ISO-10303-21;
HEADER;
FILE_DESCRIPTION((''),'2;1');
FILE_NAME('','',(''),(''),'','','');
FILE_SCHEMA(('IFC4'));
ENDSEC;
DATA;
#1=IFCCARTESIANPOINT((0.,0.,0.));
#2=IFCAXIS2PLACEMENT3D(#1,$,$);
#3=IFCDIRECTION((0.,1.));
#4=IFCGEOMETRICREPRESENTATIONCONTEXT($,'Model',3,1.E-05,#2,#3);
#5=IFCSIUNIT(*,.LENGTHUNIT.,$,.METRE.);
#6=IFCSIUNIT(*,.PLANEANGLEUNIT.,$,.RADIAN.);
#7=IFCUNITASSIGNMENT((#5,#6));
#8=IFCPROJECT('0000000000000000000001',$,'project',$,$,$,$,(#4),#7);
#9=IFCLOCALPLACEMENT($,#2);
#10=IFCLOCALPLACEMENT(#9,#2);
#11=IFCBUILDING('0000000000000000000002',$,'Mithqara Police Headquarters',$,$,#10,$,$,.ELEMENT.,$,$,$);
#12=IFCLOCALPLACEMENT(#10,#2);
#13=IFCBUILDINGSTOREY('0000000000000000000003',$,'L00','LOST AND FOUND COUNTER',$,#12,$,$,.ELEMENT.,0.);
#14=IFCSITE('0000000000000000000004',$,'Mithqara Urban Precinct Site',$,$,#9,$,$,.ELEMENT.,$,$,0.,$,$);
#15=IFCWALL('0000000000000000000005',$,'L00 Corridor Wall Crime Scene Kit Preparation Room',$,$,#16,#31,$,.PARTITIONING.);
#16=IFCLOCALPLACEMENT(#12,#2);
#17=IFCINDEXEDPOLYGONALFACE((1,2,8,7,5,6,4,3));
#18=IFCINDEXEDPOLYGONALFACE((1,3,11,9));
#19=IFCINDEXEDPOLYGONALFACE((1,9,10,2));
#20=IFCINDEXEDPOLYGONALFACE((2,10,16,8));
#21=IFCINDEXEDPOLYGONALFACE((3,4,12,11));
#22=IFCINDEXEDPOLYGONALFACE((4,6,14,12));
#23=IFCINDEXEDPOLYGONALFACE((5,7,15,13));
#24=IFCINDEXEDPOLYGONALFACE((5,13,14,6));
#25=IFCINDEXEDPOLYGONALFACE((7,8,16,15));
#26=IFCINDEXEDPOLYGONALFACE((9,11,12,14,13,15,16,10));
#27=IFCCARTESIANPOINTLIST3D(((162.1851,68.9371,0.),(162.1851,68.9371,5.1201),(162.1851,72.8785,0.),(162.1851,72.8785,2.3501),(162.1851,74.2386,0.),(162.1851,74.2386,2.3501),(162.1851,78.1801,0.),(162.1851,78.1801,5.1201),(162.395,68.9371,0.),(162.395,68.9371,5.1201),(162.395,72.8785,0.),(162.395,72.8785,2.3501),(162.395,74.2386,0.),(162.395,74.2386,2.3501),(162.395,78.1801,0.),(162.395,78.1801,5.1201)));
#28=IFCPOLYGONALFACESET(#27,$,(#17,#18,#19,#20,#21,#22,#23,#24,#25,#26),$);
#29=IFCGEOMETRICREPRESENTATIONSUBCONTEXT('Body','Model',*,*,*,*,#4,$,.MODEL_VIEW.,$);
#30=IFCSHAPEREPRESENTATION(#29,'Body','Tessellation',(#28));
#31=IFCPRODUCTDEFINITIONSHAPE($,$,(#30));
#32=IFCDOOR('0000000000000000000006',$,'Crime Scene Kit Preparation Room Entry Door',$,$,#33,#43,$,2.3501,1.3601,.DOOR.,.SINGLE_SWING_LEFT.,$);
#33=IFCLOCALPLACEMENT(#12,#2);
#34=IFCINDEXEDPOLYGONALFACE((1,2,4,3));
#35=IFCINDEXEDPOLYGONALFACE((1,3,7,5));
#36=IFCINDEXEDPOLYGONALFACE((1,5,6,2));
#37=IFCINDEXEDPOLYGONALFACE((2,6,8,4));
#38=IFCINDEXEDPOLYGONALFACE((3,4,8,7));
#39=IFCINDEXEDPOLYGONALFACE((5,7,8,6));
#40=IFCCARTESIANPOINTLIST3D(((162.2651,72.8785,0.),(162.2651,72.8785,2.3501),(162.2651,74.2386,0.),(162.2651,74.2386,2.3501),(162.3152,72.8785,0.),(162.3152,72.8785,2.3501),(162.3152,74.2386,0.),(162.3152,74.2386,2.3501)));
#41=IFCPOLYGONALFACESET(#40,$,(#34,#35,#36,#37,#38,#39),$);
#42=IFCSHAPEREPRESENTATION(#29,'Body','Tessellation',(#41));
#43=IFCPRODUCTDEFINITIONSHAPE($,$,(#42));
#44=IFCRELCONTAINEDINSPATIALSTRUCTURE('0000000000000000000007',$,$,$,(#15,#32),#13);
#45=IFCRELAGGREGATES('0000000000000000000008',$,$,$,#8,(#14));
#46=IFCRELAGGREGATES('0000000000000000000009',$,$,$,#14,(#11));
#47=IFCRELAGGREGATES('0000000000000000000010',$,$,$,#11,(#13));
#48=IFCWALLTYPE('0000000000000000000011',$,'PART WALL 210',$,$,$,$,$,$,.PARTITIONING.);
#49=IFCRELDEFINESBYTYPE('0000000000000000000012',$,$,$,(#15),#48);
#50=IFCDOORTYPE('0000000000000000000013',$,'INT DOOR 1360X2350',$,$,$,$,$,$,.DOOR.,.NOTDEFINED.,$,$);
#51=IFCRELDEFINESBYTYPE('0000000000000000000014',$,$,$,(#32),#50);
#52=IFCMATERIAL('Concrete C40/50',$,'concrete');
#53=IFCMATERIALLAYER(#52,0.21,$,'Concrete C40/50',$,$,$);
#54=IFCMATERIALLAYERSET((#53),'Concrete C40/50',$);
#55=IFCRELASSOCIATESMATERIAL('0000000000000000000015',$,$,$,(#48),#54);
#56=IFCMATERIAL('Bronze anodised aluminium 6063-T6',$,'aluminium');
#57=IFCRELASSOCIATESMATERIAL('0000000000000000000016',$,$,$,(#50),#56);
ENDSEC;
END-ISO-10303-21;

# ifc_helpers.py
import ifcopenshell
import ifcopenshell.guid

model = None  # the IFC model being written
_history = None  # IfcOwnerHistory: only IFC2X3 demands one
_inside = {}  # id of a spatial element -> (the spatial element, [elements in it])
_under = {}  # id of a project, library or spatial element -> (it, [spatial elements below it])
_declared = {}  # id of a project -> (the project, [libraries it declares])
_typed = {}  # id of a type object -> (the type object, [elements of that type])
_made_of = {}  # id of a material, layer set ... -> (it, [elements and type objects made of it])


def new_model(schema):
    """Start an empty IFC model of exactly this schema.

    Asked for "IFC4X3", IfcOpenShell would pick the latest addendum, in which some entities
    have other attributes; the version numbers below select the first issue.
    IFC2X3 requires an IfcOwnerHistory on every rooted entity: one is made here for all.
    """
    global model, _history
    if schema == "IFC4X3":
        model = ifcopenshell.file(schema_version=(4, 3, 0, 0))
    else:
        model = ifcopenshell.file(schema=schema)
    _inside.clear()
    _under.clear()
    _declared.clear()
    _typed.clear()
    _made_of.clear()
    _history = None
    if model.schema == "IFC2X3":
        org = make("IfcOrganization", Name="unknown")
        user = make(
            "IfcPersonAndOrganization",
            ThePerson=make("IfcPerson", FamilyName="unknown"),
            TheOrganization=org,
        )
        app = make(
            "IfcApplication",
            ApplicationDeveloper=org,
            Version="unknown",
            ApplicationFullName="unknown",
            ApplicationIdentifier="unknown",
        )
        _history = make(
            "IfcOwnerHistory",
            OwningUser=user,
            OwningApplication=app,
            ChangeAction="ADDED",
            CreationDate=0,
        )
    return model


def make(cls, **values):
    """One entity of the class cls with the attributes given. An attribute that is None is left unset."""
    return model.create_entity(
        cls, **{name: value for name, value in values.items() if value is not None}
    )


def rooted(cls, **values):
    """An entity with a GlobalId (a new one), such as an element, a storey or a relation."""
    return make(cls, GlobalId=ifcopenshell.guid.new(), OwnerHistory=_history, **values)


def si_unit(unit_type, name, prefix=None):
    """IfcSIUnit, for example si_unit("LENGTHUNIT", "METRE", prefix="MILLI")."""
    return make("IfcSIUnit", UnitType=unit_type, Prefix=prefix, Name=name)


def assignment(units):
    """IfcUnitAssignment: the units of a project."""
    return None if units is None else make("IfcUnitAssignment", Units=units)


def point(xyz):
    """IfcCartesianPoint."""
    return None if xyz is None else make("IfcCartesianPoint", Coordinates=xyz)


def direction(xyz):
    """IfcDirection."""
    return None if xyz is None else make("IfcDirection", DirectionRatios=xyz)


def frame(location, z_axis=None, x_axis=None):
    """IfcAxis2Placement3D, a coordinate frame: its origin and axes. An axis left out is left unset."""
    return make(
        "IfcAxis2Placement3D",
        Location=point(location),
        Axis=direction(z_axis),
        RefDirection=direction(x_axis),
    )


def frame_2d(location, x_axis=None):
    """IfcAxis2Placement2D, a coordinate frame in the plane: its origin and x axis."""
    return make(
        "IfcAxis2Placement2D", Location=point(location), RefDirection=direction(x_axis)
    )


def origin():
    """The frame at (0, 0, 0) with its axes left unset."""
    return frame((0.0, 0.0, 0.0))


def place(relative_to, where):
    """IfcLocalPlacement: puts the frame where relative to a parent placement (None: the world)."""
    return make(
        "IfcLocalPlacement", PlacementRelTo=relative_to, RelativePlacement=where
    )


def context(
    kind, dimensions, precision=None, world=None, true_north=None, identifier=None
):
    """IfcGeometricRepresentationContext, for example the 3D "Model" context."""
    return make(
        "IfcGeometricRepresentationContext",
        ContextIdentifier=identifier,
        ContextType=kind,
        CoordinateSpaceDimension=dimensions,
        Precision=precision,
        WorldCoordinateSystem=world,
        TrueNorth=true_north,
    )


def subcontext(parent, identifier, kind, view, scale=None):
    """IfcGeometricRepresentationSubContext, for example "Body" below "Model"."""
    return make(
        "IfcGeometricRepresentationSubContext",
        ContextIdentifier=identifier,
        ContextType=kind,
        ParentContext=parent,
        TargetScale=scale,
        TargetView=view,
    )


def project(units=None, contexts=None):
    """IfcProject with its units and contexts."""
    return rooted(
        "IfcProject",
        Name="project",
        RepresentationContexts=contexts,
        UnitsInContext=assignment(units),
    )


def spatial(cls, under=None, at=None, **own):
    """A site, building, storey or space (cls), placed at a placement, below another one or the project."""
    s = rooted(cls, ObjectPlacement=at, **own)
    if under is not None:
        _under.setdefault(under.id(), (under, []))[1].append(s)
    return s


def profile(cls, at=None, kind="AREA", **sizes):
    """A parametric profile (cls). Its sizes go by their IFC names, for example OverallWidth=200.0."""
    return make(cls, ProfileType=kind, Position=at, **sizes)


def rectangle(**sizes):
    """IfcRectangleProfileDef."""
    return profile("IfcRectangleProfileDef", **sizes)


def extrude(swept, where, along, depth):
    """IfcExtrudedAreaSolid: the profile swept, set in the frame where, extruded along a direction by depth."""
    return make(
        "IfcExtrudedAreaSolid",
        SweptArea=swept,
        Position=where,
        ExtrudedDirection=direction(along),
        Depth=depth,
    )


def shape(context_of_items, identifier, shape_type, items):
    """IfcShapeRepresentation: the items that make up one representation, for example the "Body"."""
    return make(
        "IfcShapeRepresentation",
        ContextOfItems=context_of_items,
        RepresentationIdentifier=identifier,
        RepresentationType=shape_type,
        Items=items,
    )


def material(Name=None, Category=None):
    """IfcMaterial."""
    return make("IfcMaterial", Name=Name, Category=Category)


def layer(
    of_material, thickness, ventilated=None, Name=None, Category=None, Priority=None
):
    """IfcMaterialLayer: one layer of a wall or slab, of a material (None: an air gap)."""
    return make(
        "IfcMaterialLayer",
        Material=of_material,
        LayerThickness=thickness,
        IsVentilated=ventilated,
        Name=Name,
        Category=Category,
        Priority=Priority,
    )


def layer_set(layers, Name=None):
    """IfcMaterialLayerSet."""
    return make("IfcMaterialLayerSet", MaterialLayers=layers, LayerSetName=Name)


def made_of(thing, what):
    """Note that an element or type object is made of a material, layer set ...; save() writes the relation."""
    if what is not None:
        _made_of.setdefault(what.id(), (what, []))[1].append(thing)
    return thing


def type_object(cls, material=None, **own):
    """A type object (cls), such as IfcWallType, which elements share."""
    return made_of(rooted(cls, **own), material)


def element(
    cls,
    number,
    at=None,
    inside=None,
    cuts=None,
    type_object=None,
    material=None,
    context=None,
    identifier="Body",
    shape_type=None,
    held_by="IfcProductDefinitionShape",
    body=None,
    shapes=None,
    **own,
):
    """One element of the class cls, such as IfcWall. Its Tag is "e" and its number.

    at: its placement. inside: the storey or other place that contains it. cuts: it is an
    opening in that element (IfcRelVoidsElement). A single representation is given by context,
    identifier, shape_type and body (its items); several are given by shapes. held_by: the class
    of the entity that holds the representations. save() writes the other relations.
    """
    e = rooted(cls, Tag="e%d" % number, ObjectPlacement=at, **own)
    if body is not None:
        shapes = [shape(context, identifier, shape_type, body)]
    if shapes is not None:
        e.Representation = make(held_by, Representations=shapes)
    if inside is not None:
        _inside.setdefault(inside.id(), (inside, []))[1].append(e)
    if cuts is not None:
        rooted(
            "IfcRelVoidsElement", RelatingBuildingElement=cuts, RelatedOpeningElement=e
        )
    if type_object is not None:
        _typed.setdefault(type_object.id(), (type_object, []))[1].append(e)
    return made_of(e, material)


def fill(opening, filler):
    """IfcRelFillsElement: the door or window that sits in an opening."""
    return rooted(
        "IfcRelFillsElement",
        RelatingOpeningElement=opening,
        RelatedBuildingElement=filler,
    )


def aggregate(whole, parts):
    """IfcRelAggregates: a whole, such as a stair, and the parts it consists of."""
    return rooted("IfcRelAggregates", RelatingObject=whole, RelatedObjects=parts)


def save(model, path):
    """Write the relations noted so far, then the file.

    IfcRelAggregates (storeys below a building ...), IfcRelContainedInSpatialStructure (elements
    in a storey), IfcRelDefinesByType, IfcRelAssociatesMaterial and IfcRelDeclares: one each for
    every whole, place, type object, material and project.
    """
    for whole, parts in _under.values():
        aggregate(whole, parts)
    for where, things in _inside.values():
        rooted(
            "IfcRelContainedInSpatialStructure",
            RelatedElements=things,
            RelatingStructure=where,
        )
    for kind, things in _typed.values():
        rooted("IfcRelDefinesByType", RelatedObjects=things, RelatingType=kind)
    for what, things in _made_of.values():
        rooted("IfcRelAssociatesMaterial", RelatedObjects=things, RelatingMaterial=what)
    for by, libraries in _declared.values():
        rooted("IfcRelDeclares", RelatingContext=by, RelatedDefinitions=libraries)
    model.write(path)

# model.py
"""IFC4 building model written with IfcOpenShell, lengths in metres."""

from ifc_helpers import new_model, si_unit, direction, frame, frame_2d, origin, place, context, subcontext, project, spatial, rectangle, extrude, material, layer, layer_set, type_object, element, fill, save


model = new_model("IFC4")

# Units and contexts
model_context = context("Model", 3, precision=1e-05, world=origin(), true_north=direction((0.0, 1.0)))
body_context = subcontext(model_context, "Body", "Model", "MODEL_VIEW")
ifc_project = project(units=[si_unit("LENGTHUNIT", "METRE"), si_unit("PLANEANGLEUNIT", "RADIAN")], contexts=[model_context])

# Site, building, storey
site_placement = place(None, origin())
site = spatial("IfcSite", under=ifc_project, at=site_placement, Name="Mithqara Urban Precinct Site", CompositionType="ELEMENT", RefElevation=0.0)
building_placement = place(site_placement, origin())
building = spatial("IfcBuilding", under=site, at=building_placement, Name="Mithqara Police Headquarters", CompositionType="ELEMENT")
storey_placement = place(building_placement, origin())
storey = spatial("IfcBuildingStorey", under=building, at=storey_placement, Name="L00", Description="LOST AND FOUND COUNTER", CompositionType="ELEMENT", Elevation=0.0)

# Shared definitions
ifc_material_1 = material(Name="Concrete C40/50", Category="concrete")

# Shared definitions
ifc_material_2 = material(Name="Bronze anodised aluminium 6063-T6", Category="aluminium")

# Shared definitions
ifc_layer_1 = layer(ifc_material_1, 0.21, Name="Concrete C40/50")
ifc_layer_set_1 = layer_set([ifc_layer_1], Name="Concrete C40/50")
wall_type = type_object("IfcWallType", Name="PART WALL 210", PredefinedType="PARTITIONING", material=ifc_layer_set_1)

# Wall, opening, door
wall_1_placement = place(storey_placement, frame((162.29, 68.937, 0.0), z_axis=(0.0, 0.0, 1.0), x_axis=(0.0, 1.0, 0.0)))
wall_1 = element("IfcWall", 1, at=wall_1_placement, inside=storey, type_object=wall_type, Name="L00 Corridor Wall Crime Scene Kit Preparation Room", PredefinedType="PARTITIONING", context=body_context, shape_type="SweptSolid", body=[
    extrude(rectangle(XDim=9.2429, YDim=0.21, at=frame_2d((4.6216, 0.0))), origin(), (0.0, 0.0, 1.0), 5.1201),
])
opening_placement = place(wall_1_placement, frame((3.9414, 0.0, 0.0)))
opening = element("IfcOpeningElement", 2, at=opening_placement, cuts=wall_1, PredefinedType="OPENING", context=body_context, shape_type="SweptSolid", body=[
    extrude(rectangle(XDim=1.3601, YDim=2.3501, at=frame_2d((0.6802, 1.175))), frame((0.0, 0.115, 0.0), z_axis=(0.0, -1.0, 0.0), x_axis=(1.0, 0.0, 0.0)), (0.0, 0.0, 1.0), 0.23),
])
door_type = type_object("IfcDoorType", Name="INT DOOR 1360X2350", OperationType="NOTDEFINED", PredefinedType="DOOR", material=ifc_material_2)
door_placement = place(opening_placement, origin())
door = element("IfcDoor", 3, at=door_placement, inside=storey, type_object=door_type, Name="Crime Scene Kit Preparation Room Entry Door", OperationType="SINGLE_SWING_LEFT", OverallHeight=2.3501, OverallWidth=1.3601, PredefinedType="DOOR", context=body_context, shape_type="SweptSolid", body=[
    extrude(rectangle(XDim=1.3601, YDim=2.3501, at=frame_2d((0.6802, 1.175))), frame((0.0, 0.0249, 0.0), z_axis=(0.0, -1.0, 0.0), x_axis=(1.0, 0.0, 0.0)), (0.0, 0.0, 1.0), 0.05),
])
fill(opening, door)

save(model, "model.ifc")
